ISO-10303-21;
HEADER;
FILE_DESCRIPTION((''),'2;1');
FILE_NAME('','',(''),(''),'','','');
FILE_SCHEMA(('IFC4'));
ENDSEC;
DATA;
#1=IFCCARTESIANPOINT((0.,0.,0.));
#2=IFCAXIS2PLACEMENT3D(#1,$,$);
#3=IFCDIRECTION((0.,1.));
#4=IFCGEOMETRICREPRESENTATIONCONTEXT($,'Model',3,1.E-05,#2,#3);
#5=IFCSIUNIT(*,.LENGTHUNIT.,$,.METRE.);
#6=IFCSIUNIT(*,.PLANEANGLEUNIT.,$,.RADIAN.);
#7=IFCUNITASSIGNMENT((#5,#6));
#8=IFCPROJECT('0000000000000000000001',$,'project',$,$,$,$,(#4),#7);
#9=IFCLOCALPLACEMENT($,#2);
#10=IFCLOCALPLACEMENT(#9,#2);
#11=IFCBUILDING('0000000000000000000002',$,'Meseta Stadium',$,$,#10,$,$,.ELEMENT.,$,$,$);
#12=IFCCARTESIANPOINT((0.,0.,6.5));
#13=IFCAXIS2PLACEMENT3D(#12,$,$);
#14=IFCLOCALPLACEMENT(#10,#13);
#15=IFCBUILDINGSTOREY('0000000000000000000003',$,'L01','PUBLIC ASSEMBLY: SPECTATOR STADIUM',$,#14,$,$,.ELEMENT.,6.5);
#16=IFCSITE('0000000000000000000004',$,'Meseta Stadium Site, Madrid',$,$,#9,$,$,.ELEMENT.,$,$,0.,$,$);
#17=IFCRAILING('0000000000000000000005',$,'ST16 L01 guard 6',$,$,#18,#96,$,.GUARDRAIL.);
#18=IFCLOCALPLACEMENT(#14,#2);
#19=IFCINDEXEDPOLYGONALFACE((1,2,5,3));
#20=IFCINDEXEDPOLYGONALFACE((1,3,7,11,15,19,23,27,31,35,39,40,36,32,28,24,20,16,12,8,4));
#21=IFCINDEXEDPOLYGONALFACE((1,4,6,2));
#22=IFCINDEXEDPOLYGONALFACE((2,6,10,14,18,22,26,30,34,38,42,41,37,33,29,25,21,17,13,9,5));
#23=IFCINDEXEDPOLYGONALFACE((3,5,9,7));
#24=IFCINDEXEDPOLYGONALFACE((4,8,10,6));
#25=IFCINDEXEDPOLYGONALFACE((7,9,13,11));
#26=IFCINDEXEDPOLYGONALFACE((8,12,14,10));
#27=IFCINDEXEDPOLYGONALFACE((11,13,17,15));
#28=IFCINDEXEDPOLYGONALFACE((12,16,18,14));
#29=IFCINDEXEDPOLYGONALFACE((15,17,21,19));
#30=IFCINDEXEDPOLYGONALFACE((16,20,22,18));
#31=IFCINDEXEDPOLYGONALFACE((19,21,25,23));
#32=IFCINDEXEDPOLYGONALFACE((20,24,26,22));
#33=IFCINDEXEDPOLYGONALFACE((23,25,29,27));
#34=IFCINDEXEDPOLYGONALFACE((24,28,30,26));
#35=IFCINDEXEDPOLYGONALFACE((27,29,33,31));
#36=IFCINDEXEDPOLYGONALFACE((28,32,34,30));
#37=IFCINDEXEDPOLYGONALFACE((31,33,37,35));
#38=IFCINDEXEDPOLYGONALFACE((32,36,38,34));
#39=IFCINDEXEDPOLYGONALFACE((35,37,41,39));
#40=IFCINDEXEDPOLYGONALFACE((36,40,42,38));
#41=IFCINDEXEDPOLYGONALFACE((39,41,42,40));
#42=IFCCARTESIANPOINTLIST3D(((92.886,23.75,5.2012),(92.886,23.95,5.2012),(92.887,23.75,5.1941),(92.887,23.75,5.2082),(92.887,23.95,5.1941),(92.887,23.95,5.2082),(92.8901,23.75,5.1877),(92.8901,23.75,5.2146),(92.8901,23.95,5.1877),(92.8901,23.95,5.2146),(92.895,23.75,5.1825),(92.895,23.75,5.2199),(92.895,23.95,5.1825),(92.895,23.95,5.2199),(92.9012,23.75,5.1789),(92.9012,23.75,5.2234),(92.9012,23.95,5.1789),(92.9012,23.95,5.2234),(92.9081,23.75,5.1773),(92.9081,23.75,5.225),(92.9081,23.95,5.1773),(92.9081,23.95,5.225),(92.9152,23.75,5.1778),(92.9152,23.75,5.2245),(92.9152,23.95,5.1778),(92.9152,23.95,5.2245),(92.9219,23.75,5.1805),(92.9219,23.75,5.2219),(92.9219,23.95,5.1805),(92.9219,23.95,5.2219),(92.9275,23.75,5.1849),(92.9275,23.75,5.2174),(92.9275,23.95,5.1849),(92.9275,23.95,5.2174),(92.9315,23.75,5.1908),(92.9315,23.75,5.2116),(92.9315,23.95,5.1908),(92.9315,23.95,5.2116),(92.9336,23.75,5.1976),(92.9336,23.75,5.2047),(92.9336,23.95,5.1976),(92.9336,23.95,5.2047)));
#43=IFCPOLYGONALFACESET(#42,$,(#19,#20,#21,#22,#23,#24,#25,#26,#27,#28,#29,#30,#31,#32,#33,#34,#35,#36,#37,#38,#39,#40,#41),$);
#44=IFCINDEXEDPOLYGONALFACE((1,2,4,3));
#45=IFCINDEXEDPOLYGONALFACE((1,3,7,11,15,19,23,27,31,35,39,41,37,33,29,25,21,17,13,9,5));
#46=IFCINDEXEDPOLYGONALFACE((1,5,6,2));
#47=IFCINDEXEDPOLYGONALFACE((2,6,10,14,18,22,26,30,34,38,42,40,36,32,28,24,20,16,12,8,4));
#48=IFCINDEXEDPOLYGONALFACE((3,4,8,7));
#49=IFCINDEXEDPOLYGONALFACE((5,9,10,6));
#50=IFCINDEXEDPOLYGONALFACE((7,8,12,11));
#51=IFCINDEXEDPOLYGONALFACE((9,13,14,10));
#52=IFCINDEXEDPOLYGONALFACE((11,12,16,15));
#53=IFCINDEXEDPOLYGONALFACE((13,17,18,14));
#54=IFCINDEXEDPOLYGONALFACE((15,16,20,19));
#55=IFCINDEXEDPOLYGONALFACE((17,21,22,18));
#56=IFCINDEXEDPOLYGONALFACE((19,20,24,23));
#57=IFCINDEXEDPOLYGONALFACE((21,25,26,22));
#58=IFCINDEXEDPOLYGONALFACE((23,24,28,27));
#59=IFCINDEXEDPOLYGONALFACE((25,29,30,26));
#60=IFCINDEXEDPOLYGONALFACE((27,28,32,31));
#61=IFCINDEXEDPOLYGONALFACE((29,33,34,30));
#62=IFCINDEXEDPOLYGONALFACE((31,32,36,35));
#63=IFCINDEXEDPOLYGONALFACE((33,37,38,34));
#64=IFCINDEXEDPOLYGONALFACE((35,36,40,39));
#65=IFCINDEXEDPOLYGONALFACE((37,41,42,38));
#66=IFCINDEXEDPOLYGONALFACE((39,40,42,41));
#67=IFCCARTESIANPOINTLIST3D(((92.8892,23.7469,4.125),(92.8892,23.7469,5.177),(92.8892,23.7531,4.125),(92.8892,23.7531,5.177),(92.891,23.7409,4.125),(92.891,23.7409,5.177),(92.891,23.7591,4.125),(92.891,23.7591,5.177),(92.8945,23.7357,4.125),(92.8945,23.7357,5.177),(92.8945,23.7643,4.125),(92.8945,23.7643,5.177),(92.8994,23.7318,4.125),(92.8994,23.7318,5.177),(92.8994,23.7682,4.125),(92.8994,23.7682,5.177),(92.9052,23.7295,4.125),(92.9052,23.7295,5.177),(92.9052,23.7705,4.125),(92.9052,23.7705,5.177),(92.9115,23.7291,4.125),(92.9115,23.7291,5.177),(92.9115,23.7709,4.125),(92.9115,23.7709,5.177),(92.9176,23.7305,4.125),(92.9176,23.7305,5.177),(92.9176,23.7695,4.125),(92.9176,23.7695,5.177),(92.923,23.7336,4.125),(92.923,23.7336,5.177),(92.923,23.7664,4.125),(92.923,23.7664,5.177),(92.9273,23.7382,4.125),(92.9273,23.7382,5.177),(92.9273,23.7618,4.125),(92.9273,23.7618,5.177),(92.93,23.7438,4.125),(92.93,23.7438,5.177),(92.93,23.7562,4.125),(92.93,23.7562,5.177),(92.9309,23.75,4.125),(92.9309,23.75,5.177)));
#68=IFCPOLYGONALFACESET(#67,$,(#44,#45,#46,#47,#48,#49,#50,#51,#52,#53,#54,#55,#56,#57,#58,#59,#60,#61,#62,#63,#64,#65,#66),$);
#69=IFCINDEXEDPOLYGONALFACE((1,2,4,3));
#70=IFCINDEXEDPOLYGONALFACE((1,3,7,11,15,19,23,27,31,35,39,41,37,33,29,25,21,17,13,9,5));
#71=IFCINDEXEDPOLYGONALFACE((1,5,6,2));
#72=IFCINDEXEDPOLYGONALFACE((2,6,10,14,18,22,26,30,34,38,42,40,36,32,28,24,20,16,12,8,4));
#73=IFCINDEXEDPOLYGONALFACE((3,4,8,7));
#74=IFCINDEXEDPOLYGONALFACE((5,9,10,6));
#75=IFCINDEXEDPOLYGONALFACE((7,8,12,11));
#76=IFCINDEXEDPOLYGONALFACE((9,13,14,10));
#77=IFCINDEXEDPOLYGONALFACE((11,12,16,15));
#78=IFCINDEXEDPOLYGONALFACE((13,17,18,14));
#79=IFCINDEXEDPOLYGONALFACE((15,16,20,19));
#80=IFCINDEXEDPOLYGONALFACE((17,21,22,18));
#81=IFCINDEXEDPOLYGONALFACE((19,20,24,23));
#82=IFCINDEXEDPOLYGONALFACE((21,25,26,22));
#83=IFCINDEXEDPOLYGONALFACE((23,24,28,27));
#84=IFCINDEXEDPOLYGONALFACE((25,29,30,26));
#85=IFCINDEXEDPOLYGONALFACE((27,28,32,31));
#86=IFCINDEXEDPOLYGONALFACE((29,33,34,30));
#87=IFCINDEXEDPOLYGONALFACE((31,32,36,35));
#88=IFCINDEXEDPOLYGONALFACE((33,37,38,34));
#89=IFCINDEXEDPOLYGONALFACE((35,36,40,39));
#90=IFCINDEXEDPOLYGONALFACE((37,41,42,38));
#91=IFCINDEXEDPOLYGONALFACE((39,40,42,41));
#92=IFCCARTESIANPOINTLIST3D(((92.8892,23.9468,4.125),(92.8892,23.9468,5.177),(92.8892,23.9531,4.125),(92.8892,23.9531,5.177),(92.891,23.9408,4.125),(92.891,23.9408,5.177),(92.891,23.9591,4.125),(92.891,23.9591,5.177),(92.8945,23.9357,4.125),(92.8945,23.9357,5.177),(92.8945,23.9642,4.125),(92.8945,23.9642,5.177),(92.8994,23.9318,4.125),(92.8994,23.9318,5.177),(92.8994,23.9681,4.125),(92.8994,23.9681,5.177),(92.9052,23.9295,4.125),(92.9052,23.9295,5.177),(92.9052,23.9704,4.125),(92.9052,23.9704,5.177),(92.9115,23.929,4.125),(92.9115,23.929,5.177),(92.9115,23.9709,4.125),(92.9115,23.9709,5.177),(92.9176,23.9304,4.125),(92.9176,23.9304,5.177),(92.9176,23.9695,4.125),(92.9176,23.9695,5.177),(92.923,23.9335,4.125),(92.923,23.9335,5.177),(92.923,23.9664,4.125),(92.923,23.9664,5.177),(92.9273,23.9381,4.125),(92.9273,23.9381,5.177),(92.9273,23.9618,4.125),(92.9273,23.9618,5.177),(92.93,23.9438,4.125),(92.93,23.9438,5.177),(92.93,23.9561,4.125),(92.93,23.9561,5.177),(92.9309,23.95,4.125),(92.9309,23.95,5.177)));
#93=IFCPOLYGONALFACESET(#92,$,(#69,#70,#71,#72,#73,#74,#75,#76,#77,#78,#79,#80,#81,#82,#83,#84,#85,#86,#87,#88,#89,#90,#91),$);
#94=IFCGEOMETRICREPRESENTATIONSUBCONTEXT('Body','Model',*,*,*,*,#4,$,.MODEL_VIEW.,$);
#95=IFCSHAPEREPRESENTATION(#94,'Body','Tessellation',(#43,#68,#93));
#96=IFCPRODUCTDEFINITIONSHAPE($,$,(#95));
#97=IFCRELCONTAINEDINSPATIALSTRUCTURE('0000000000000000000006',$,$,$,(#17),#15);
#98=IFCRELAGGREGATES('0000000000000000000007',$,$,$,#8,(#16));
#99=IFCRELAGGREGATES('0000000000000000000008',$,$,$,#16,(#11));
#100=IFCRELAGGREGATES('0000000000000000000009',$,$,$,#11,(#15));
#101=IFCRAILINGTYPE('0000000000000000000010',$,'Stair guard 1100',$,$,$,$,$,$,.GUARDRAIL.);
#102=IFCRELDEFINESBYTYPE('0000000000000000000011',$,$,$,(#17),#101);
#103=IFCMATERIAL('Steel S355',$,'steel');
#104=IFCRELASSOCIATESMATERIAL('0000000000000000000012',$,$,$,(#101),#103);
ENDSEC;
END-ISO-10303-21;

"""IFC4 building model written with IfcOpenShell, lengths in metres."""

from ifc_helpers import new_model, si_unit, direction, frame, origin, origin_2d, place, context, subcontext, project, spatial, circle, extrude, material, type_object, element, save


model = new_model("IFC4")

# Units and contexts
model_context = context("Model", 3, precision=1e-05, world=origin(), true_north=direction((0.0, 1.0)))
body_context = subcontext(model_context, "Body", "Model", "MODEL_VIEW")
ifc_project = project(units=[si_unit("LENGTHUNIT", "METRE"), si_unit("PLANEANGLEUNIT", "RADIAN")], contexts=[model_context])

# Site, building, storey
site_placement = place(None, origin())
site = spatial("IfcSite", under=ifc_project, at=site_placement, Name="Meseta Stadium Site, Madrid", CompositionType="ELEMENT", RefElevation=0.0)
building_placement = place(site_placement, origin())
building = spatial("IfcBuilding", under=site, at=building_placement, Name="Meseta Stadium", CompositionType="ELEMENT")
storey_placement = place(building_placement, frame((0.0, 0.0, 6.5)))
storey = spatial("IfcBuildingStorey", under=building, at=storey_placement, Name="L01", Description="PUBLIC ASSEMBLY: SPECTATOR STADIUM", CompositionType="ELEMENT", Elevation=6.5)

# Railing
ifc_material_1 = material(Name="Steel S355", Category="steel")
railing_type_1 = type_object("IfcRailingType", Name="Stair guard 1100", PredefinedType="GUARDRAIL", material=ifc_material_1)
railing_1_placement = place(storey_placement, frame((92.9099, 23.75, 4.125)))
element("IfcRailing", 1, at=railing_1_placement, inside=storey, type_object=railing_type_1, Name="ST16 L01 guard 6", PredefinedType="GUARDRAIL", context=body_context, shape_type="SweptSolid", body=[
    extrude(circle(Radius=0.0239, at=origin_2d()), frame((0.0, 0.0, 1.0762), z_axis=(0.0, 1.0, 0.0), x_axis=(-1.0, 0.0, 0.0)), (0.0, 0.0, 1.0), 0.2),
    extrude(circle(Radius=0.021, at=origin_2d()), origin(), (0.0, 0.0, 1.0), 1.052),
    extrude(circle(Radius=0.021, at=origin_2d()), frame((0.0, 0.2, 0.0)), (0.0, 0.0, 1.0), 1.052),
])

save(model, "model.ifc")
